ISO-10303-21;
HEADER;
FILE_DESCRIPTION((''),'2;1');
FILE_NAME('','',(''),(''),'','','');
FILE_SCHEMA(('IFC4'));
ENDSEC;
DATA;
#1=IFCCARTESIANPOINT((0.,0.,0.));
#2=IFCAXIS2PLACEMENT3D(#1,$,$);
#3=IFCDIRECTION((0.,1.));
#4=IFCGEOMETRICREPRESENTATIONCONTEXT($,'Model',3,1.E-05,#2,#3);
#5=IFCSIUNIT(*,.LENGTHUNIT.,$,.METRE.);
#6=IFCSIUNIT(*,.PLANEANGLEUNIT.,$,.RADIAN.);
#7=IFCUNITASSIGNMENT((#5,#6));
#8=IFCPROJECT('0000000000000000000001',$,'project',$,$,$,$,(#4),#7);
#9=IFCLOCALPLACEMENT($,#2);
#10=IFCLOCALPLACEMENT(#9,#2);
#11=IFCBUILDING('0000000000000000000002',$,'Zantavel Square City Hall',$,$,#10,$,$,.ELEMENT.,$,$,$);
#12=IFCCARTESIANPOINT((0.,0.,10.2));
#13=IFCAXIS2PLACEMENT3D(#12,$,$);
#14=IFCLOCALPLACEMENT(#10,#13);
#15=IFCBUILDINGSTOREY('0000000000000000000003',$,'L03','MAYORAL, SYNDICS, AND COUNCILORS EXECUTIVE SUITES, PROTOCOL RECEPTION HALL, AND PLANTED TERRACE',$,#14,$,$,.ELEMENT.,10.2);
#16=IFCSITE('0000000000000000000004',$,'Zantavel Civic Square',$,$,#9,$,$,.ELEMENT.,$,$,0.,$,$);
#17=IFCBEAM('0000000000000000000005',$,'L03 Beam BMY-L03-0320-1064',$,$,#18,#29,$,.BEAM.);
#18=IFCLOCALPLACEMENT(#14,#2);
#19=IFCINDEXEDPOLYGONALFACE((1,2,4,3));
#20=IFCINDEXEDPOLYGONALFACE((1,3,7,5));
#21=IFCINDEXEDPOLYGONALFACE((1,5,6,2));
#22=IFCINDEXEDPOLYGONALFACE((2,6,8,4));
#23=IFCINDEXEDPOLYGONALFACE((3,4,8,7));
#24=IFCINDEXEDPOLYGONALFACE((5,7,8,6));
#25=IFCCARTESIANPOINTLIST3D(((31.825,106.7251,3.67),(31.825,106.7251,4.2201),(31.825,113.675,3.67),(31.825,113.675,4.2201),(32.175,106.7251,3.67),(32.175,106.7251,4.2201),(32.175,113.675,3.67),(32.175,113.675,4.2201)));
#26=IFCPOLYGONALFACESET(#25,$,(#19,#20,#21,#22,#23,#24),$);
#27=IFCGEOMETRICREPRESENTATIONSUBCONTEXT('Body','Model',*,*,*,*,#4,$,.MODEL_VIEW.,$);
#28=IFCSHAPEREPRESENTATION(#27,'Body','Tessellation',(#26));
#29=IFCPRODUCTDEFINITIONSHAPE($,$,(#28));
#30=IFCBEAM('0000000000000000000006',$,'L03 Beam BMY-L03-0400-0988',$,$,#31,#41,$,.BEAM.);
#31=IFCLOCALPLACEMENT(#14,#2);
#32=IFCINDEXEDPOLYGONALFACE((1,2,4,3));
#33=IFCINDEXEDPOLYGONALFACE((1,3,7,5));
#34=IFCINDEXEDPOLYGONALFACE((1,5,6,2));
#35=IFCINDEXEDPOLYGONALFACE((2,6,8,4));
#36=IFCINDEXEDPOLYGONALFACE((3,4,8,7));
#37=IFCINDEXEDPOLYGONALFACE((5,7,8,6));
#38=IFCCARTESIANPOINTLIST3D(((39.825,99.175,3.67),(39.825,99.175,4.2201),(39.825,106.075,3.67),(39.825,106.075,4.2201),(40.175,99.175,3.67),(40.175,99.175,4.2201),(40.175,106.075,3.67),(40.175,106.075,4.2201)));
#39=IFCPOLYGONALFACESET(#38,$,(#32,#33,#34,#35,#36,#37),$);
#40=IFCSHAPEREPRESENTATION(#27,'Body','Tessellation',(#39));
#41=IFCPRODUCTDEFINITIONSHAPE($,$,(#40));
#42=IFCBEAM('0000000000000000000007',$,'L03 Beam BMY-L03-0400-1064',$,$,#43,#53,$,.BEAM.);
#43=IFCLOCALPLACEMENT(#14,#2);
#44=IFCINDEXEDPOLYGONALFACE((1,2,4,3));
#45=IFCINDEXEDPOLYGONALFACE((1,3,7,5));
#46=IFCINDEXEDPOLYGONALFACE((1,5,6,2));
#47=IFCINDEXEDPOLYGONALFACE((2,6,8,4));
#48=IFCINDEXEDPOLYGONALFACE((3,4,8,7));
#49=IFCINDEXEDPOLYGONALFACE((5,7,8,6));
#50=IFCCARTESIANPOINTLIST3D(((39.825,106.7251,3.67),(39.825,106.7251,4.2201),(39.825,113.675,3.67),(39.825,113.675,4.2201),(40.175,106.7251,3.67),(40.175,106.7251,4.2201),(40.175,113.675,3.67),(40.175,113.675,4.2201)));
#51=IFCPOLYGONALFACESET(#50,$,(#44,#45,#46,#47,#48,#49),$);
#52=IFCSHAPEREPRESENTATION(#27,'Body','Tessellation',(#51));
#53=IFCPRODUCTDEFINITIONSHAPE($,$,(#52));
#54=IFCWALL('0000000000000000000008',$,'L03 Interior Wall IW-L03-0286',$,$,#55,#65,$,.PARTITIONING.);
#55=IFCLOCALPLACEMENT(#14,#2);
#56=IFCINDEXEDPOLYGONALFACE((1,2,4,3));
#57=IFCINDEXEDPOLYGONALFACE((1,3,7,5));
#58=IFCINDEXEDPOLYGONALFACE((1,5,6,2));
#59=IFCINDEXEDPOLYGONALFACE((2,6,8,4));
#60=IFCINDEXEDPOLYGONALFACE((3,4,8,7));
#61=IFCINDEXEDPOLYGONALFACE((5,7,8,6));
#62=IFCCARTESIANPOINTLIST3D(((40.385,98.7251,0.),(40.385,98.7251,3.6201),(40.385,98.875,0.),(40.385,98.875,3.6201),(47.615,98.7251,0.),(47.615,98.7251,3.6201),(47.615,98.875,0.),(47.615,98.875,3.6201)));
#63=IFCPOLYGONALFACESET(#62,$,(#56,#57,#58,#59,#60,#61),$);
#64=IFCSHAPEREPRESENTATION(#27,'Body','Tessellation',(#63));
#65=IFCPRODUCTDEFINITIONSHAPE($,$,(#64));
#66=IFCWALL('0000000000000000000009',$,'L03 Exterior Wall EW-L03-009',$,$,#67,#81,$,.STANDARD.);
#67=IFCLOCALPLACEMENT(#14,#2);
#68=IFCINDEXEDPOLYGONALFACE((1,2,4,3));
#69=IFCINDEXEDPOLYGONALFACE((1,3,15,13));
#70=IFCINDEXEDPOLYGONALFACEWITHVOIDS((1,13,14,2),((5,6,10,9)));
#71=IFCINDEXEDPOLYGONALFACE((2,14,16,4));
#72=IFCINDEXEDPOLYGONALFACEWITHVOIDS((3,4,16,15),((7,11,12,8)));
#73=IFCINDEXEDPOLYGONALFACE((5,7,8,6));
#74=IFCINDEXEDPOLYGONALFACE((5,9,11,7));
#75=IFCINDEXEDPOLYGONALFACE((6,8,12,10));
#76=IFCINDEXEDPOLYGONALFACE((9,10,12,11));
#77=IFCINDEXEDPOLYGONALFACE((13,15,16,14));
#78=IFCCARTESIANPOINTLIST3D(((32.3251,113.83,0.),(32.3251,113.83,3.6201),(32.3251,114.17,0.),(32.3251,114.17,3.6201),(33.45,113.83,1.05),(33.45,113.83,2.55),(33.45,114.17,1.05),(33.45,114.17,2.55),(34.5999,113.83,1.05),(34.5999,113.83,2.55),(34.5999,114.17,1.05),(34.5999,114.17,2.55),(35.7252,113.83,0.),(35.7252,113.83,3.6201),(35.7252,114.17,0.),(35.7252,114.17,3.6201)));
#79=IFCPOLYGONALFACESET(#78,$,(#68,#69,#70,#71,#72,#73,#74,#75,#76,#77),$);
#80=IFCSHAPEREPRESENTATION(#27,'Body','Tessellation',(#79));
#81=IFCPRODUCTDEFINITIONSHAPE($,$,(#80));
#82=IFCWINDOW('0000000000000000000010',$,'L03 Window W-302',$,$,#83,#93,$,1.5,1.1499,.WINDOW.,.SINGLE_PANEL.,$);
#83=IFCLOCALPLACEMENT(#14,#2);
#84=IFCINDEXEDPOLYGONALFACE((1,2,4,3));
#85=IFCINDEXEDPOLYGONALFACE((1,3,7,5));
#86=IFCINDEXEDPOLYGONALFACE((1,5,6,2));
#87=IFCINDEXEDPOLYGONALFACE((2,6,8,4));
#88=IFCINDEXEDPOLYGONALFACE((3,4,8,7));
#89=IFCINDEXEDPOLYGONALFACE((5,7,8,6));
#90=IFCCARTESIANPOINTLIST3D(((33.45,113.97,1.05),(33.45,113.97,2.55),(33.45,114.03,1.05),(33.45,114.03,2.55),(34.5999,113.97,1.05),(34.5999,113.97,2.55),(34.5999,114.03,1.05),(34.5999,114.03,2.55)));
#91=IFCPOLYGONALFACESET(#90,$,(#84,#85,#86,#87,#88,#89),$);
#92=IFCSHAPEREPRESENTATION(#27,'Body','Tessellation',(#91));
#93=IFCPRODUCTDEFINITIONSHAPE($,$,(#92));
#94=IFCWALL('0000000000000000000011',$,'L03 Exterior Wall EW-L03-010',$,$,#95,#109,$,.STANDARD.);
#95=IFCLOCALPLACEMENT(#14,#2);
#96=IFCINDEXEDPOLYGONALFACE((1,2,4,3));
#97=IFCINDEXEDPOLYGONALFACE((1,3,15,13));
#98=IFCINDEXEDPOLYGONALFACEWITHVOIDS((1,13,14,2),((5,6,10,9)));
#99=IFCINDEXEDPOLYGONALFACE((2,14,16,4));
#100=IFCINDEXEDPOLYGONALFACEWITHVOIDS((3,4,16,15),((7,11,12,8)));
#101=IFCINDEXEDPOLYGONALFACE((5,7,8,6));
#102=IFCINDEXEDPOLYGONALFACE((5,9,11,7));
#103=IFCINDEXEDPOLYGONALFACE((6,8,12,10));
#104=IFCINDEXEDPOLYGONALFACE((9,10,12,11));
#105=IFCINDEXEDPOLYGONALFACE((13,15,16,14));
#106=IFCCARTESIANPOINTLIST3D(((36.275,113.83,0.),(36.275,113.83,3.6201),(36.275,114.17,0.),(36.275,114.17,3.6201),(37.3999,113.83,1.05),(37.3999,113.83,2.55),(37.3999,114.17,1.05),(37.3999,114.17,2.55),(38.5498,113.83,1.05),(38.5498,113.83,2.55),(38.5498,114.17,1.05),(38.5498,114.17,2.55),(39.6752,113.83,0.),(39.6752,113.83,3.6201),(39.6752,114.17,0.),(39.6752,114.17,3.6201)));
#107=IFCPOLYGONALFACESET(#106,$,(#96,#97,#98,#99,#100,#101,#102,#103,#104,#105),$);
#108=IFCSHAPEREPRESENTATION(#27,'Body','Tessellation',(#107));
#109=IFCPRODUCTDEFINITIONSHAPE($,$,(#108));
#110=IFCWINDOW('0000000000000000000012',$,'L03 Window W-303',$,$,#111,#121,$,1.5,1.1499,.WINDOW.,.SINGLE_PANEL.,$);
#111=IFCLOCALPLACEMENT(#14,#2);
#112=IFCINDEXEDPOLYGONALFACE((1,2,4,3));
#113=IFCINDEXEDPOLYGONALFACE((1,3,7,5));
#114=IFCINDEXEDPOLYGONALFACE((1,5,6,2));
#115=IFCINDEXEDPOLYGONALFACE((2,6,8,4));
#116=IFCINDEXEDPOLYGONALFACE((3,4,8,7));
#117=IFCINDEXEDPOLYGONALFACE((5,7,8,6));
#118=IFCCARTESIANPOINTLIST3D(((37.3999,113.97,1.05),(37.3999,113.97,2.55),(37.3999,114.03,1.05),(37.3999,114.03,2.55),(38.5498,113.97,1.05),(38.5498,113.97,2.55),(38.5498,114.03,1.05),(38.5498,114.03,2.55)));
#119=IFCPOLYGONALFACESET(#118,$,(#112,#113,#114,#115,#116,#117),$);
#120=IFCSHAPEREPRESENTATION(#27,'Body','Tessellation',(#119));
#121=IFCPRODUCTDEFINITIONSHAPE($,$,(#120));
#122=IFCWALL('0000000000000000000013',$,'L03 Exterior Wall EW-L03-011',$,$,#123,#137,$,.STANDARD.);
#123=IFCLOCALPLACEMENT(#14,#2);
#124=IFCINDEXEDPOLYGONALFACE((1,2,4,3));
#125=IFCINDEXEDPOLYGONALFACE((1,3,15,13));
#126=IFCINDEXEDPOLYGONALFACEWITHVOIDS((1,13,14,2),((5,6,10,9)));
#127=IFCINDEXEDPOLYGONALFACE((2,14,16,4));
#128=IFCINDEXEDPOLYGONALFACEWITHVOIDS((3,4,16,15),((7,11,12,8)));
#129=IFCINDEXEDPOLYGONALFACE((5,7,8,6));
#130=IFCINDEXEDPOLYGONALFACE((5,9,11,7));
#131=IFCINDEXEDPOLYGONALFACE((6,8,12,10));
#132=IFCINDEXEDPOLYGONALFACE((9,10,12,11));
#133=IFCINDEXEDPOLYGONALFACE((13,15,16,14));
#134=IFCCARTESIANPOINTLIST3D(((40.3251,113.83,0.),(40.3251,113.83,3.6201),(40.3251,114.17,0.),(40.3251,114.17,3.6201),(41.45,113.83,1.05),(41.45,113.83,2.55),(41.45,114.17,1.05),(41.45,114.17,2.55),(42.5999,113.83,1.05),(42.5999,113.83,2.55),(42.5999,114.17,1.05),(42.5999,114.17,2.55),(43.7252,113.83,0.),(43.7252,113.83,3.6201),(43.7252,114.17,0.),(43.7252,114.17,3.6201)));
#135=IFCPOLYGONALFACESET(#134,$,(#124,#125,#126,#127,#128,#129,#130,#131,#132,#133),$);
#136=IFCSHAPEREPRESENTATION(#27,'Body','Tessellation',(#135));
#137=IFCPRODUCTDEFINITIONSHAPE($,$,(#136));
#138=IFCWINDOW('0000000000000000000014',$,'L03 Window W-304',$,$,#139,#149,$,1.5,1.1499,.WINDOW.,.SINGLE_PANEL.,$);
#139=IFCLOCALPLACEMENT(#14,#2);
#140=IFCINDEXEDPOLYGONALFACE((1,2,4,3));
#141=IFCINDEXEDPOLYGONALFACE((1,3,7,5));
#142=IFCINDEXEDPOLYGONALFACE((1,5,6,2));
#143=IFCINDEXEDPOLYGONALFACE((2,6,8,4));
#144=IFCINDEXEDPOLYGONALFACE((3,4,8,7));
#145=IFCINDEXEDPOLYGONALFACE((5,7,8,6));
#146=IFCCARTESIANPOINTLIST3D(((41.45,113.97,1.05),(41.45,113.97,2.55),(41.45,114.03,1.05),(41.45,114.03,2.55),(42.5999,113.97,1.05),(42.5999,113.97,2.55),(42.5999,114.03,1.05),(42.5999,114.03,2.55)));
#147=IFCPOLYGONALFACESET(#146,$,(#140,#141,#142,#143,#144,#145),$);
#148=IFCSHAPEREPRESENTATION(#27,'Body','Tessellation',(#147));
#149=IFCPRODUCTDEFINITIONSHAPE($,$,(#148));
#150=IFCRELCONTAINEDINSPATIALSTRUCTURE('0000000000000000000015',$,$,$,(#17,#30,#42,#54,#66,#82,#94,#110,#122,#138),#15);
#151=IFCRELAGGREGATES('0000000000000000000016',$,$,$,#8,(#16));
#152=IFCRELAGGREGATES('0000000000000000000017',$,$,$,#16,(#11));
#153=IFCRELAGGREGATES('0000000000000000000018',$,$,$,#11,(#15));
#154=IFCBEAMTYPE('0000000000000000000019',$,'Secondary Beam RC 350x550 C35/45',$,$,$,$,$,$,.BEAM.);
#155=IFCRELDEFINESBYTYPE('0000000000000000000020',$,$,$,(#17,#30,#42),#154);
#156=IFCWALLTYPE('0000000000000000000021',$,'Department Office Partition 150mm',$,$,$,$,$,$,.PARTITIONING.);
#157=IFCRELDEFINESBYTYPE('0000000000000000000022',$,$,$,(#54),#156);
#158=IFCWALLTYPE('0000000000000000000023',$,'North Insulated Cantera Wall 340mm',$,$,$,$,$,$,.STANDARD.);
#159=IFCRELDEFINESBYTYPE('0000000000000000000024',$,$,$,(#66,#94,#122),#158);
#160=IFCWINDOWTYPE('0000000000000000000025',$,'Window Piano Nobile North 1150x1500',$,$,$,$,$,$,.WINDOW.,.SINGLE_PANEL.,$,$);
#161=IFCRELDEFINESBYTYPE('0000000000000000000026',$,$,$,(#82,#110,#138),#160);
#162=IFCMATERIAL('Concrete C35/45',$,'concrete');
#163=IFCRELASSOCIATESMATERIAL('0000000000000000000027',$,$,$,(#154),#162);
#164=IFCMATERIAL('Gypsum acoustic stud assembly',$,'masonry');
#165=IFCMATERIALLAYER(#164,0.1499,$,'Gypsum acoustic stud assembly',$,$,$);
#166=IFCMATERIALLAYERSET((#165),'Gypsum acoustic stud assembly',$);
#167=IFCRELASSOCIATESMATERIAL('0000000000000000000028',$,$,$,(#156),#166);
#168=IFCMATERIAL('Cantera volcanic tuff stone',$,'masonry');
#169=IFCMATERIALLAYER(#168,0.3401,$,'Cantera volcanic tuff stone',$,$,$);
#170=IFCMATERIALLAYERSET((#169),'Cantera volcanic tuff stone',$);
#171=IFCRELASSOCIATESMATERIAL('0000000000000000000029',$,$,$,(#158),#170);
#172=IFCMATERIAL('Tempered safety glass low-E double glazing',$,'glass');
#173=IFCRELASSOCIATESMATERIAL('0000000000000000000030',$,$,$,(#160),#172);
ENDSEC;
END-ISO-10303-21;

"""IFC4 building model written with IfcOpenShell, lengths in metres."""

from ifc_helpers import new_model, si_unit, direction, frame, frame_2d, origin, origin_2d, place, context, subcontext, project, spatial, rectangle, extrude, material, layer, layer_set, material_profile, profile_set, type_object, element, fill, save


model = new_model("IFC4")

# Units and contexts
model_context = context("Model", 3, precision=1e-05, world=origin(), true_north=direction((0.0, 1.0)))
body_context = subcontext(model_context, "Body", "Model", "MODEL_VIEW")
ifc_project = project(units=[si_unit("LENGTHUNIT", "METRE"), si_unit("PLANEANGLEUNIT", "RADIAN")], contexts=[model_context])

# Site, building, storey
site_placement = place(None, origin())
site = spatial("IfcSite", under=ifc_project, at=site_placement, Name="Zantavel Civic Square", CompositionType="ELEMENT", RefElevation=0.0)
building_placement = place(site_placement, origin())
building = spatial("IfcBuilding", under=site, at=building_placement, Name="Zantavel Square City Hall", CompositionType="ELEMENT")
storey_placement = place(building_placement, frame((0.0, 0.0, 10.2)))
storey = spatial("IfcBuildingStorey", under=building, at=storey_placement, Name="L03", Description="MAYORAL, SYNDICS, AND COUNCILORS EXECUTIVE SUITES, PROTOCOL RECEPTION HALL, AND PLANTED TERRACE", CompositionType="ELEMENT", Elevation=10.2)

# Beams
ifc_material_1 = material(Name="Concrete C35/45", Category="concrete")
ifc_material_profile_1 = material_profile(ifc_material_1, rectangle(XDim=0.3501, YDim=0.55, at=origin_2d()), Name="RC 350x550")
ifc_profile_set_1 = profile_set([ifc_material_profile_1], Name="Concrete C35/45")
beam_type_1 = type_object("IfcBeamType", Name="Secondary Beam RC 350x550 C35/45", PredefinedType="BEAM", material=ifc_profile_set_1)
beam_1_placement = place(storey_placement, frame((32.0, 106.7251, 3.9451), z_axis=(0.0, 1.0, 0.0), x_axis=(-1.0, 0.0, 0.0)))
element("IfcBeam", 1, at=beam_1_placement, inside=storey, type_object=beam_type_1, Name="L03 Beam BMY-L03-0320-1064", PredefinedType="BEAM", context=body_context, shape_type="SweptSolid", body=[
    extrude(rectangle(XDim=0.3501, YDim=0.55, at=origin_2d()), origin(), (0.0, 0.0, 1.0), 6.95),
])
beam_2_placement = place(storey_placement, frame((40.0, 99.175, 3.9451), z_axis=(0.0, 1.0, 0.0), x_axis=(-1.0, 0.0, 0.0)))
element("IfcBeam", 2, at=beam_2_placement, inside=storey, type_object=beam_type_1, Name="L03 Beam BMY-L03-0400-0988", PredefinedType="BEAM", context=body_context, shape_type="SweptSolid", body=[
    extrude(rectangle(XDim=0.3501, YDim=0.55, at=origin_2d()), origin(), (0.0, 0.0, 1.0), 6.8999),
])
beam_3_placement = place(storey_placement, frame((40.0, 106.7251, 3.9451), z_axis=(0.0, 1.0, 0.0), x_axis=(-1.0, 0.0, 0.0)))
element("IfcBeam", 3, at=beam_3_placement, inside=storey, type_object=beam_type_1, Name="L03 Beam BMY-L03-0400-1064", PredefinedType="BEAM", context=body_context, shape_type="SweptSolid", body=[
    extrude(rectangle(XDim=0.3501, YDim=0.55, at=origin_2d()), origin(), (0.0, 0.0, 1.0), 6.95),
])

# Wall
ifc_material_2 = material(Name="Gypsum acoustic stud assembly", Category="masonry")
ifc_layer_1 = layer(ifc_material_2, 0.1499, Name="Gypsum acoustic stud assembly")
ifc_layer_set_1 = layer_set([ifc_layer_1], Name="Gypsum acoustic stud assembly")
wall_type_1 = type_object("IfcWallType", Name="Department Office Partition 150mm", PredefinedType="PARTITIONING", material=ifc_layer_set_1)
wall_1_placement = place(storey_placement, frame((40.385, 98.8, 0.0), z_axis=(0.0, 0.0, 1.0), x_axis=(1.0, 0.0, 0.0)))
element("IfcWall", 4, at=wall_1_placement, inside=storey, type_object=wall_type_1, Name="L03 Interior Wall IW-L03-0286", PredefinedType="PARTITIONING", context=body_context, shape_type="SweptSolid", body=[
    extrude(rectangle(XDim=7.23, YDim=0.1499, at=frame_2d((3.615, 0.0))), origin(), (0.0, 0.0, 1.0), 3.6201),
])

# Walls, openings, windows
ifc_material_3 = material(Name="Cantera volcanic tuff stone", Category="masonry")
ifc_layer_2 = layer(ifc_material_3, 0.3401, Name="Cantera volcanic tuff stone")
ifc_layer_set_2 = layer_set([ifc_layer_2], Name="Cantera volcanic tuff stone")
wall_type_2 = type_object("IfcWallType", Name="North Insulated Cantera Wall 340mm", PredefinedType="STANDARD", material=ifc_layer_set_2)
wall_2_placement = place(storey_placement, frame((32.325, 114.0, 0.0), z_axis=(0.0, 0.0, 1.0), x_axis=(1.0, 0.0, 0.0)))
wall_2 = element("IfcWall", 5, at=wall_2_placement, inside=storey, type_object=wall_type_2, Name="L03 Exterior Wall EW-L03-009", PredefinedType="STANDARD", context=body_context, shape_type="SweptSolid", body=[
    extrude(rectangle(XDim=3.4001, YDim=0.3401, at=frame_2d((1.7002, 0.0))), origin(), (0.0, 0.0, 1.0), 3.6201),
])
opening_1_placement = place(wall_2_placement, frame((1.125, 0.0, 1.05)))
opening_1 = element("IfcOpeningElement", 6, at=opening_1_placement, cuts=wall_2, PredefinedType="OPENING", context=body_context, shape_type="SweptSolid", body=[
    extrude(rectangle(XDim=1.1499, YDim=1.5, at=frame_2d((0.575, 0.75))), frame((0.0, 0.1799, 0.0), z_axis=(0.0, -1.0, 0.0), x_axis=(1.0, 0.0, 0.0)), (0.0, 0.0, 1.0), 0.3601),
])
ifc_material_4 = material(Name="Tempered safety glass low-E double glazing", Category="glass")
window_type = type_object("IfcWindowType", Name="Window Piano Nobile North 1150x1500", PartitioningType="SINGLE_PANEL", PredefinedType="WINDOW", material=ifc_material_4)
window_1_placement = place(opening_1_placement, origin())
window_1 = element("IfcWindow", 7, at=window_1_placement, inside=storey, type_object=window_type, Name="L03 Window W-302", OverallHeight=1.5, OverallWidth=1.1499, PartitioningType="SINGLE_PANEL", PredefinedType="WINDOW", context=body_context, shape_type="SweptSolid", body=[
    extrude(rectangle(XDim=1.1499, YDim=1.5, at=frame_2d((0.575, 0.75))), frame((0.0, 0.03, 0.0), z_axis=(0.0, -1.0, 0.0), x_axis=(1.0, 0.0, 0.0)), (0.0, 0.0, 1.0), 0.0601),
])
fill(opening_1, window_1)
wall_3_placement = place(storey_placement, frame((36.2749, 114.0, 0.0), z_axis=(0.0, 0.0, 1.0), x_axis=(1.0, 0.0, 0.0)))
wall_3 = element("IfcWall", 8, at=wall_3_placement, inside=storey, type_object=wall_type_2, Name="L03 Exterior Wall EW-L03-010", PredefinedType="STANDARD", context=body_context, shape_type="SweptSolid", body=[
    extrude(rectangle(XDim=3.4001, YDim=0.3401, at=frame_2d((1.7002, 0.0))), origin(), (0.0, 0.0, 1.0), 3.6201),
])
opening_2_placement = place(wall_3_placement, frame((1.125, 0.0, 1.05)))
opening_2 = element("IfcOpeningElement", 9, at=opening_2_placement, cuts=wall_3, PredefinedType="OPENING", context=body_context, shape_type="SweptSolid", body=[
    extrude(rectangle(XDim=1.1499, YDim=1.5, at=frame_2d((0.575, 0.75))), frame((0.0, 0.1799, 0.0), z_axis=(0.0, -1.0, 0.0), x_axis=(1.0, 0.0, 0.0)), (0.0, 0.0, 1.0), 0.3601),
])
window_2_placement = place(opening_2_placement, origin())
window_2 = element("IfcWindow", 10, at=window_2_placement, inside=storey, type_object=window_type, Name="L03 Window W-303", OverallHeight=1.5, OverallWidth=1.1499, PartitioningType="SINGLE_PANEL", PredefinedType="WINDOW", context=body_context, shape_type="SweptSolid", body=[
    extrude(rectangle(XDim=1.1499, YDim=1.5, at=frame_2d((0.575, 0.75))), frame((0.0, 0.03, 0.0), z_axis=(0.0, -1.0, 0.0), x_axis=(1.0, 0.0, 0.0)), (0.0, 0.0, 1.0), 0.0601),
])
fill(opening_2, window_2)
wall_4_placement = place(storey_placement, frame((40.325, 114.0, 0.0), z_axis=(0.0, 0.0, 1.0), x_axis=(1.0, 0.0, 0.0)))
wall_4 = element("IfcWall", 11, at=wall_4_placement, inside=storey, type_object=wall_type_2, Name="L03 Exterior Wall EW-L03-011", PredefinedType="STANDARD", context=body_context, shape_type="SweptSolid", body=[
    extrude(rectangle(XDim=3.4001, YDim=0.3401, at=frame_2d((1.7002, 0.0))), origin(), (0.0, 0.0, 1.0), 3.6201),
])
opening_3_placement = place(wall_4_placement, frame((1.125, 0.0, 1.05)))
opening_3 = element("IfcOpeningElement", 12, at=opening_3_placement, cuts=wall_4, PredefinedType="OPENING", context=body_context, shape_type="SweptSolid", body=[
    extrude(rectangle(XDim=1.1499, YDim=1.5, at=frame_2d((0.575, 0.75))), frame((0.0, 0.1799, 0.0), z_axis=(0.0, -1.0, 0.0), x_axis=(1.0, 0.0, 0.0)), (0.0, 0.0, 1.0), 0.3601),
])
window_3_placement = place(opening_3_placement, origin())
window_3 = element("IfcWindow", 13, at=window_3_placement, inside=storey, type_object=window_type, Name="L03 Window W-304", OverallHeight=1.5, OverallWidth=1.1499, PartitioningType="SINGLE_PANEL", PredefinedType="WINDOW", context=body_context, shape_type="SweptSolid", body=[
    extrude(rectangle(XDim=1.1499, YDim=1.5, at=frame_2d((0.575, 0.75))), frame((0.0, 0.03, 0.0), z_axis=(0.0, -1.0, 0.0), x_axis=(1.0, 0.0, 0.0)), (0.0, 0.0, 1.0), 0.0601),
])
fill(opening_3, window_3)

save(model, "model.ifc")
